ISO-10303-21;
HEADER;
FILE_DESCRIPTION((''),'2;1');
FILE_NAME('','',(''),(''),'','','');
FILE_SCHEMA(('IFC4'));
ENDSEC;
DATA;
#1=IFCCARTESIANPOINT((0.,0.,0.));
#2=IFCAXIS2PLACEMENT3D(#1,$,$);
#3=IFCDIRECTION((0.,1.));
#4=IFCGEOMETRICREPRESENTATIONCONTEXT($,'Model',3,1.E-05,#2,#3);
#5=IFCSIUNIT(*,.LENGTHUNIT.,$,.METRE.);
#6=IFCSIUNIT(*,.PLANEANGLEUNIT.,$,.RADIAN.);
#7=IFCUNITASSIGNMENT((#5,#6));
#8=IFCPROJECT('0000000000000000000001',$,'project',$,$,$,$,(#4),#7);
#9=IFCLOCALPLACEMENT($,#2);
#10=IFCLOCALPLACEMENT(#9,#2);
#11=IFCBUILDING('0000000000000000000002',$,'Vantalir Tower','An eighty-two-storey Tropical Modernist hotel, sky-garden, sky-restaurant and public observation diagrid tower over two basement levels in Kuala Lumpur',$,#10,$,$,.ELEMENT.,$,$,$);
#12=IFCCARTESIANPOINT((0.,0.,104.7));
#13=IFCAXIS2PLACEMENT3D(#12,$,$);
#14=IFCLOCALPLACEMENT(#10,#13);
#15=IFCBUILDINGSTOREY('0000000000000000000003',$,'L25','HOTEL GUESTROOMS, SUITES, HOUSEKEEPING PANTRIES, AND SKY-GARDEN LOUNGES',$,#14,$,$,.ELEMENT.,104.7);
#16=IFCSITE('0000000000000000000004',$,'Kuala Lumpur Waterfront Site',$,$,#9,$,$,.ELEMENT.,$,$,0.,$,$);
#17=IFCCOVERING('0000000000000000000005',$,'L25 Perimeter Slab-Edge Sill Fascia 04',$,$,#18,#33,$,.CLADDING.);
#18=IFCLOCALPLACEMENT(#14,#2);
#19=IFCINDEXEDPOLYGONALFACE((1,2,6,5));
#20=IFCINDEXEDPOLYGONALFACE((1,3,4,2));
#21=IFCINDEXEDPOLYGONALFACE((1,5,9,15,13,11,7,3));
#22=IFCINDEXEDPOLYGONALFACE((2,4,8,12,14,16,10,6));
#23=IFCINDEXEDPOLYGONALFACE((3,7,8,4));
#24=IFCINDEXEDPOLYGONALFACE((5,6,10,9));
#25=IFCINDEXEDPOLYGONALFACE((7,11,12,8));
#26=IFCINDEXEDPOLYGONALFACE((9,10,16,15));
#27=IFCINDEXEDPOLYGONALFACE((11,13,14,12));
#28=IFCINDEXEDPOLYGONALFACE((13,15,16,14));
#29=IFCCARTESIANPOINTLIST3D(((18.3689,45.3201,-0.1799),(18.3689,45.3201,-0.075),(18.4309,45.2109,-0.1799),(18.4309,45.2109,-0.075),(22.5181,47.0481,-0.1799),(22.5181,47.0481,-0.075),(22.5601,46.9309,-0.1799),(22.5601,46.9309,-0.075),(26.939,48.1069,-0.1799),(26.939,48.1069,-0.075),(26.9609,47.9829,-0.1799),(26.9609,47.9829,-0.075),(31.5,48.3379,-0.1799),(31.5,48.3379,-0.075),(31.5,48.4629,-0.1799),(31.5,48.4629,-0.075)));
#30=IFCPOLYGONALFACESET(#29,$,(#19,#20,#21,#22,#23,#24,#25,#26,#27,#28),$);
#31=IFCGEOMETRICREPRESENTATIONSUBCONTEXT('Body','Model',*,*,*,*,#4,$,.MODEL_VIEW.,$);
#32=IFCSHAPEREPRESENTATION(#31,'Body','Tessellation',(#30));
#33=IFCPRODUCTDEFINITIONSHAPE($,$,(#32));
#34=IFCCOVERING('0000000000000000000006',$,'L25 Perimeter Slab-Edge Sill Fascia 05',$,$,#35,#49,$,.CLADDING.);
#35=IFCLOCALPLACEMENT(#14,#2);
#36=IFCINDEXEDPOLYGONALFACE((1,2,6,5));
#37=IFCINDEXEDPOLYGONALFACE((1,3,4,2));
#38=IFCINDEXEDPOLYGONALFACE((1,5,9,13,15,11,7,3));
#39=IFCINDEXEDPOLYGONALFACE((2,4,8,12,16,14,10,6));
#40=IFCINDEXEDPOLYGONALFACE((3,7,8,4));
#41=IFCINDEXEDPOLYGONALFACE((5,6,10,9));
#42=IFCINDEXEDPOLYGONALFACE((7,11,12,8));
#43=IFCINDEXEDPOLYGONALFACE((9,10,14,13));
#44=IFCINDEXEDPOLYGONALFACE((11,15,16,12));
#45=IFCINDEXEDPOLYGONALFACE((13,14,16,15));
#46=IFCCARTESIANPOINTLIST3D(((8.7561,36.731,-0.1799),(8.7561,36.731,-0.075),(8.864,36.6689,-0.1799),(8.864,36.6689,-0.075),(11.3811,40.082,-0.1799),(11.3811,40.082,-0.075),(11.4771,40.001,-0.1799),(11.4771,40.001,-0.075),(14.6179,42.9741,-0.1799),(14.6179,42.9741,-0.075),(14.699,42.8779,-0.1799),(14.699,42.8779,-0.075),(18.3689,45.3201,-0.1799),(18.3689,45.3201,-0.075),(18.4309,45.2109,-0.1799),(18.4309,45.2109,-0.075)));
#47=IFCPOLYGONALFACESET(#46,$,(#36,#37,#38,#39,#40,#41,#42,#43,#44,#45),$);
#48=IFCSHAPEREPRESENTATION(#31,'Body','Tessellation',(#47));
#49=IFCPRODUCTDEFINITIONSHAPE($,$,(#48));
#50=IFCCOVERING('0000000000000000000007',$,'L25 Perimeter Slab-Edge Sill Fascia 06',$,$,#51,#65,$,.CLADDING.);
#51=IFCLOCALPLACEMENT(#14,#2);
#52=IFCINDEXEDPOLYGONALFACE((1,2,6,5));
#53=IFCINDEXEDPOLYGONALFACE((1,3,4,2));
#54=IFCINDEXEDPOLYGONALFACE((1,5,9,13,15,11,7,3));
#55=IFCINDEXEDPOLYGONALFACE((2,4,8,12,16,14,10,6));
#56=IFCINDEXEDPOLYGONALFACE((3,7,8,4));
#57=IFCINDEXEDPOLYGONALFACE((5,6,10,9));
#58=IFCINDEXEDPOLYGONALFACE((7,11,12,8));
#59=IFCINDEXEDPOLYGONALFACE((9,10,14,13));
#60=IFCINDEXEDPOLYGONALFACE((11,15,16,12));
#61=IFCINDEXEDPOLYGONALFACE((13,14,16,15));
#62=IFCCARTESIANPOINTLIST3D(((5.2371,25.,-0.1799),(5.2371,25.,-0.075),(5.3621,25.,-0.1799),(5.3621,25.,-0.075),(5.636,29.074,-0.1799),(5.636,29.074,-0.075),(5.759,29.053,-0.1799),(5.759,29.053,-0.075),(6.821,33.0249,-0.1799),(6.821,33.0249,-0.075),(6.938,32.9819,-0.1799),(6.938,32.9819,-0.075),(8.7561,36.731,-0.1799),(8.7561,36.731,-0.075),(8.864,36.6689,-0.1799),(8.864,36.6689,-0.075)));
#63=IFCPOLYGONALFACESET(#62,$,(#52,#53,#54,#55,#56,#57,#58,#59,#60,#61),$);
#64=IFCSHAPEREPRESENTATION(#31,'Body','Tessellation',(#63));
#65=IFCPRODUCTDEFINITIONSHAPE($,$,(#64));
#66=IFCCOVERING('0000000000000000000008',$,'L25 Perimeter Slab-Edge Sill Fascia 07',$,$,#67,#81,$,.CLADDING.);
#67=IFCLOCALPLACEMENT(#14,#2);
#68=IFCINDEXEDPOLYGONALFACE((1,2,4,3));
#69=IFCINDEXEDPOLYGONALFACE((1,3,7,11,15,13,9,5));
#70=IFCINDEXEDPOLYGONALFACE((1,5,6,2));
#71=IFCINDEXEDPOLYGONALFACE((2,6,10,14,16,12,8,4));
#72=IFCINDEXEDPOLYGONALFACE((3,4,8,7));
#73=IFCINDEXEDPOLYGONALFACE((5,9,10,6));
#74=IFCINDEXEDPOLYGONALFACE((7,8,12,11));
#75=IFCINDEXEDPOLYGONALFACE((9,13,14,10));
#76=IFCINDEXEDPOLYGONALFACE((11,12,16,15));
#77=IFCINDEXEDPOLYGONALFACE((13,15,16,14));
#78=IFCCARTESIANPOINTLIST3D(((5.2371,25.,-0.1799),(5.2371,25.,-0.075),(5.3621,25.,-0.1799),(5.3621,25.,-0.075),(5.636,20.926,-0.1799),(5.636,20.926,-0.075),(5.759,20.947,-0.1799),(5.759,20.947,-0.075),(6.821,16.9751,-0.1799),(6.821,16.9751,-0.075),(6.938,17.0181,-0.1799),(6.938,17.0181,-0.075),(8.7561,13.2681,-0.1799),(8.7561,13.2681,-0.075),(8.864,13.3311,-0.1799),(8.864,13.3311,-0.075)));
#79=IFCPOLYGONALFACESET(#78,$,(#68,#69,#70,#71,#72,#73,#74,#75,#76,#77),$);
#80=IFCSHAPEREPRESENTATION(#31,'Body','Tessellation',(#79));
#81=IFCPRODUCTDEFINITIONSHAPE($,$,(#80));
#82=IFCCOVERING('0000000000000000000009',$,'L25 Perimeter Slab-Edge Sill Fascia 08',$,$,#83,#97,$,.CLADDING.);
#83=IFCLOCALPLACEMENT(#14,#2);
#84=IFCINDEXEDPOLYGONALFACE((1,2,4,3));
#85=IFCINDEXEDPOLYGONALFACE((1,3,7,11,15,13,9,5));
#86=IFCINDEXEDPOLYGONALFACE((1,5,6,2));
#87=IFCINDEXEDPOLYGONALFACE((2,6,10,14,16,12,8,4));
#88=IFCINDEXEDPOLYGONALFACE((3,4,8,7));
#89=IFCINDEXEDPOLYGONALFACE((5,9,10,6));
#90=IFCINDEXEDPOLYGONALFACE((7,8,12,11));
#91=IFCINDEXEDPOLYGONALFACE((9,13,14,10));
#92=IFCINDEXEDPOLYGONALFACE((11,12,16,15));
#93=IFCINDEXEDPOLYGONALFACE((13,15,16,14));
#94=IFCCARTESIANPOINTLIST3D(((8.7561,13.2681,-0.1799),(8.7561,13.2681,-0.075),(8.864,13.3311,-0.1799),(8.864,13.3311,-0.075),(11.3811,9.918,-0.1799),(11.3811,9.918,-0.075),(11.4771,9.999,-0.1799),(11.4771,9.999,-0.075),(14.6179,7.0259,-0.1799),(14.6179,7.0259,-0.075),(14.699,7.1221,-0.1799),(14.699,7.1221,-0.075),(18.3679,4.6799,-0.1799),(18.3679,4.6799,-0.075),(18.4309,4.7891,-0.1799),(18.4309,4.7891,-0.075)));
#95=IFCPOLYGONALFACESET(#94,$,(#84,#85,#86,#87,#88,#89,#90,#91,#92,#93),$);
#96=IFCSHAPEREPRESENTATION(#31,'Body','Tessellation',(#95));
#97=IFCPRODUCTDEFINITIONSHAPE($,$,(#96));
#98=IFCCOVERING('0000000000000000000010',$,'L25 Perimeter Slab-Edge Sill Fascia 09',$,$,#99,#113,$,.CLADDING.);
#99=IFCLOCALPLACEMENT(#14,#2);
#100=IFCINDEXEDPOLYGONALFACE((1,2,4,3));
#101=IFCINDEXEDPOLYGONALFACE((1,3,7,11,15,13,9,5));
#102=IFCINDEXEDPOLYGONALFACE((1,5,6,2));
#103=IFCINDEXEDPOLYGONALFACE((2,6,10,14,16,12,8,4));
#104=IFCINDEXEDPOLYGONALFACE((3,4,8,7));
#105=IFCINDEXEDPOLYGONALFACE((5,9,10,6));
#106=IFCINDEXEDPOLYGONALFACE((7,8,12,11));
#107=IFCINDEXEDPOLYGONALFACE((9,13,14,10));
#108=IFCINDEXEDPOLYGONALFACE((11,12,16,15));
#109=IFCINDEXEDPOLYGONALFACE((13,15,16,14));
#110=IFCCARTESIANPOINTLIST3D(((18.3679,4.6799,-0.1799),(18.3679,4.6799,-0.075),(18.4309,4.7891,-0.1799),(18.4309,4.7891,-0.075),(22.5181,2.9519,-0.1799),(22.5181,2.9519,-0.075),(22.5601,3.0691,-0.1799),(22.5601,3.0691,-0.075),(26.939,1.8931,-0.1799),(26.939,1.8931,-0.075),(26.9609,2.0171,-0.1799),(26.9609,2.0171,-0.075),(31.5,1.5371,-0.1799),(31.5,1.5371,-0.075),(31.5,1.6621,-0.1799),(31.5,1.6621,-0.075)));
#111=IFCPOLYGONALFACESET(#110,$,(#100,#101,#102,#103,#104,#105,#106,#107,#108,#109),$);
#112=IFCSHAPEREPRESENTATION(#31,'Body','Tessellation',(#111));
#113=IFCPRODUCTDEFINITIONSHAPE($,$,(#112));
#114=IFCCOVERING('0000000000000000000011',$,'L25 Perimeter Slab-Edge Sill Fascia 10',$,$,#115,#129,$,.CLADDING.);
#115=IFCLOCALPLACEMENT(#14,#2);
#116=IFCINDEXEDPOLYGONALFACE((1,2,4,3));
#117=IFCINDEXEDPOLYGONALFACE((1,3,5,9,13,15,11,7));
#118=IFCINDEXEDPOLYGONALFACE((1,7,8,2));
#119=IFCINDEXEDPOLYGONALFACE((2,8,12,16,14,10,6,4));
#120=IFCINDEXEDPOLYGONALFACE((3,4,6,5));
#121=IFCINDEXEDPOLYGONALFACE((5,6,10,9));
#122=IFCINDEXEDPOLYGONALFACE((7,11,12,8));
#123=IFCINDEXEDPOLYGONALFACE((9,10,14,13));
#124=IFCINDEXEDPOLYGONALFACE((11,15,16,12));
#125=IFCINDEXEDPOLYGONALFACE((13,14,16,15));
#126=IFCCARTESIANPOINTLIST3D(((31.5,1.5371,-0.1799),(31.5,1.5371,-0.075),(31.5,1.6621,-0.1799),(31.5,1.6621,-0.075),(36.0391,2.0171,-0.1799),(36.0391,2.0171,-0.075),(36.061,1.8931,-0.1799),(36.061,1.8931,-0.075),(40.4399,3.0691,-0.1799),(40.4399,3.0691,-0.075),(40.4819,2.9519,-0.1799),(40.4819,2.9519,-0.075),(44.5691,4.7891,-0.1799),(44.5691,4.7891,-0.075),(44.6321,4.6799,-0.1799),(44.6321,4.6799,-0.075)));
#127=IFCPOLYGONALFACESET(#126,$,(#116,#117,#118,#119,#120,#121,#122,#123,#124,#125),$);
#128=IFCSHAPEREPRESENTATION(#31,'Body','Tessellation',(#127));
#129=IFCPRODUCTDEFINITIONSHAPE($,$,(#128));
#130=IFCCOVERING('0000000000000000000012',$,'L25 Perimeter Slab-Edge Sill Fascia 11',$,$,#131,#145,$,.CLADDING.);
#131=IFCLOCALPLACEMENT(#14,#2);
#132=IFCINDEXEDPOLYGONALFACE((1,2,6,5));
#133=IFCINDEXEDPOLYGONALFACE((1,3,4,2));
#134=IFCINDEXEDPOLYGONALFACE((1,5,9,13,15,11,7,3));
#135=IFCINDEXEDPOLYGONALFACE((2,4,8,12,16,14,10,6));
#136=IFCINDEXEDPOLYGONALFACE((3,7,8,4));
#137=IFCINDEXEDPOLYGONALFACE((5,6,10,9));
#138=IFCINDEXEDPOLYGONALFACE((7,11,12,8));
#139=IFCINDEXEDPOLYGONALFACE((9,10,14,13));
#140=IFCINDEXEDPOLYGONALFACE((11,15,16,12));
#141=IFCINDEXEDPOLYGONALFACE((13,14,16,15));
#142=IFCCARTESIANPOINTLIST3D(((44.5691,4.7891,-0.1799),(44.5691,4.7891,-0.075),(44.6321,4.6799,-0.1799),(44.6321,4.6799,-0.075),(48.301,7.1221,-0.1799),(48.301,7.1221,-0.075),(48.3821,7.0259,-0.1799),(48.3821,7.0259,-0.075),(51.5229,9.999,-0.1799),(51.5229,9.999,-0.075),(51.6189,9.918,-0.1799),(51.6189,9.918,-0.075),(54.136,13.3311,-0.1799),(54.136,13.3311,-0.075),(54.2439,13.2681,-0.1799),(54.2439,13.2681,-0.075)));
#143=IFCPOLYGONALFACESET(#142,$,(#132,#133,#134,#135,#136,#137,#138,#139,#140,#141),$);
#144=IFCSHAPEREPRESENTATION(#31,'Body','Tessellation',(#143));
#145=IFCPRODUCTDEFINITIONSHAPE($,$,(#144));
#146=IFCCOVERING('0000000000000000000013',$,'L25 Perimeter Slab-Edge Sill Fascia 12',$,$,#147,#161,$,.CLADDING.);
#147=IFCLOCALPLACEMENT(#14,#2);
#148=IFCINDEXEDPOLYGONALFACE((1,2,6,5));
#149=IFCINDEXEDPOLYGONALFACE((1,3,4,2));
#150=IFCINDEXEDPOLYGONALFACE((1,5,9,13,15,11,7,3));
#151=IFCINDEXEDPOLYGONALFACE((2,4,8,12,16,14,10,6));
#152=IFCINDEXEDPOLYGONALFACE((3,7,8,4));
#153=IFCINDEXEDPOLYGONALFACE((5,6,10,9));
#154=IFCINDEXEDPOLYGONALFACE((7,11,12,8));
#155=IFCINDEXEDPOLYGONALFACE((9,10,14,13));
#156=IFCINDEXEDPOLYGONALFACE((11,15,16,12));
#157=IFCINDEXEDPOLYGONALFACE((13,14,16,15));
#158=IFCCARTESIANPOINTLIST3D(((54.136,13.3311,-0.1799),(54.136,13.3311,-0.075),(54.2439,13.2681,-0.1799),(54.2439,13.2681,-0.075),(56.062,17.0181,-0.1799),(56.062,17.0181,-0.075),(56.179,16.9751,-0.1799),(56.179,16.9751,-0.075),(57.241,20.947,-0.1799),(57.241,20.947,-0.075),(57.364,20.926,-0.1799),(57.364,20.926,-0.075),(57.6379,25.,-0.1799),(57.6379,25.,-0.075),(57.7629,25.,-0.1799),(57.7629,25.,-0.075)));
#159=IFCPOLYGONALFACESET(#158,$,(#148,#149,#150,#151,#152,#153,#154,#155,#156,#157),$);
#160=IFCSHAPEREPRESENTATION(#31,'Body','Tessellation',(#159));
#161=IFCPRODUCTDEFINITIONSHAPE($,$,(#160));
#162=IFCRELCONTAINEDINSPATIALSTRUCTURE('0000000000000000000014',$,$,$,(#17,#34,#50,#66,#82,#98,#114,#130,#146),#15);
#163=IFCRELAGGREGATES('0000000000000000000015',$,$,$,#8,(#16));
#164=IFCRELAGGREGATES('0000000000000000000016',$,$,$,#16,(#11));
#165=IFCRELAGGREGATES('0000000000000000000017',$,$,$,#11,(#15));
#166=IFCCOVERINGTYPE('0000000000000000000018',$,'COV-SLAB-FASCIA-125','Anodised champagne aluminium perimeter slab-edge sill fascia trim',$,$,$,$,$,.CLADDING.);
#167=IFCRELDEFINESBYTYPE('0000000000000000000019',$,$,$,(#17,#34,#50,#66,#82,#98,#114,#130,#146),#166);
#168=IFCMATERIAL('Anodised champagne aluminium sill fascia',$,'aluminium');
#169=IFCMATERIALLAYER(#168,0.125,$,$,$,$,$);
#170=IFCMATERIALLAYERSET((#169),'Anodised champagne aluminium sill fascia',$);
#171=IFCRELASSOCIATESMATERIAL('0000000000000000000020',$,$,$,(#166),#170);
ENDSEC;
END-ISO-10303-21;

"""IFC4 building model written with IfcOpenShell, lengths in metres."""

from ifc_helpers import new_model, si_unit, direction, frame, origin, place, context, subcontext, project, spatial, polyline, outline, extrude, material, layer, layer_set, type_object, element, save


model = new_model("IFC4")

# Units and contexts
model_context = context("Model", 3, precision=1e-05, world=origin(), true_north=direction((0.0, 1.0)))
body_context = subcontext(model_context, "Body", "Model", "MODEL_VIEW")
ifc_project = project(units=[si_unit("LENGTHUNIT", "METRE"), si_unit("PLANEANGLEUNIT", "RADIAN")], contexts=[model_context])

# Site, building, storey
site_placement = place(None, origin())
site = spatial("IfcSite", under=ifc_project, at=site_placement, Name="Kuala Lumpur Waterfront Site", CompositionType="ELEMENT", RefElevation=0.0)
building_placement = place(site_placement, origin())
building = spatial("IfcBuilding", under=site, at=building_placement, Name="Vantalir Tower", Description="An eighty-two-storey Tropical Modernist hotel, sky-garden, sky-restaurant and public observation diagrid tower over two basement levels in Kuala Lumpur", CompositionType="ELEMENT")
storey_placement = place(building_placement, frame((0.0, 0.0, 104.7)))
storey = spatial("IfcBuildingStorey", under=building, at=storey_placement, Name="L25", Description="HOTEL GUESTROOMS, SUITES, HOUSEKEEPING PANTRIES, AND SKY-GARDEN LOUNGES", CompositionType="ELEMENT", Elevation=104.7)

# Coverings
ifc_material_1 = material(Name="Anodised champagne aluminium sill fascia", Category="aluminium")
ifc_layer_1 = layer(ifc_material_1, 0.125)
ifc_layer_set_1 = layer_set([ifc_layer_1], Name="Anodised champagne aluminium sill fascia")
covering_type = type_object("IfcCoveringType", Name="COV-SLAB-FASCIA-125", Description="Anodised champagne aluminium perimeter slab-edge sill fascia trim", PredefinedType="CLADDING", material=ifc_layer_set_1)
covering_1_placement = place(storey_placement, frame((0.0, 0.0, -0.1799)))
element("IfcCovering", 1, at=covering_1_placement, inside=storey, type_object=covering_type, Name="L25 Perimeter Slab-Edge Sill Fascia 04", PredefinedType="CLADDING", context=body_context, shape_type="SweptSolid", body=[
    extrude(outline(polyline([(31.5, 48.4629), (26.939, 48.1069), (22.5181, 47.0481), (18.3689, 45.3201), (18.4309, 45.2109), (22.5601, 46.9309), (26.9609, 47.9829), (31.5, 48.3379), (31.5, 48.4629)])), origin(), (0.0, 0.0, 1.0), 0.105),
])
covering_2_placement = place(storey_placement, frame((0.0, 0.0, -0.1799)))
element("IfcCovering", 2, at=covering_2_placement, inside=storey, type_object=covering_type, Name="L25 Perimeter Slab-Edge Sill Fascia 05", PredefinedType="CLADDING", context=body_context, shape_type="SweptSolid", body=[
    extrude(outline(polyline([(18.3689, 45.3201), (14.6179, 42.9741), (11.3811, 40.082), (8.7561, 36.731), (8.864, 36.6689), (11.4771, 40.001), (14.699, 42.8779), (18.4309, 45.2109), (18.3689, 45.3201)])), origin(), (0.0, 0.0, 1.0), 0.105),
])
covering_3_placement = place(storey_placement, frame((0.0, 0.0, -0.1799)))
element("IfcCovering", 3, at=covering_3_placement, inside=storey, type_object=covering_type, Name="L25 Perimeter Slab-Edge Sill Fascia 06", PredefinedType="CLADDING", context=body_context, shape_type="SweptSolid", body=[
    extrude(outline(polyline([(8.7561, 36.731), (6.821, 33.0249), (5.636, 29.074), (5.2371, 25.0), (5.3621, 25.0), (5.759, 29.053), (6.938, 32.9819), (8.864, 36.6689), (8.7561, 36.731)])), origin(), (0.0, 0.0, 1.0), 0.105),
])
covering_4_placement = place(storey_placement, frame((0.0, 0.0, -0.1799)))
element("IfcCovering", 4, at=covering_4_placement, inside=storey, type_object=covering_type, Name="L25 Perimeter Slab-Edge Sill Fascia 07", PredefinedType="CLADDING", context=body_context, shape_type="SweptSolid", body=[
    extrude(outline(polyline([(5.2371, 25.0), (5.636, 20.926), (6.821, 16.9751), (8.7561, 13.2681), (8.864, 13.3311), (6.938, 17.0181), (5.759, 20.947), (5.3621, 25.0), (5.2371, 25.0)])), origin(), (0.0, 0.0, 1.0), 0.105),
])
covering_5_placement = place(storey_placement, frame((0.0, 0.0, -0.1799)))
element("IfcCovering", 5, at=covering_5_placement, inside=storey, type_object=covering_type, Name="L25 Perimeter Slab-Edge Sill Fascia 08", PredefinedType="CLADDING", context=body_context, shape_type="SweptSolid", body=[
    extrude(outline(polyline([(8.7561, 13.2681), (11.3811, 9.918), (14.6179, 7.0259), (18.3679, 4.6799), (18.4309, 4.7891), (14.699, 7.1221), (11.4771, 9.999), (8.864, 13.3311), (8.7561, 13.2681)])), origin(), (0.0, 0.0, 1.0), 0.105),
])
covering_6_placement = place(storey_placement, frame((0.0, 0.0, -0.1799)))
element("IfcCovering", 6, at=covering_6_placement, inside=storey, type_object=covering_type, Name="L25 Perimeter Slab-Edge Sill Fascia 09", PredefinedType="CLADDING", context=body_context, shape_type="SweptSolid", body=[
    extrude(outline(polyline([(18.3679, 4.6799), (22.5181, 2.9519), (26.939, 1.8931), (31.5, 1.5371), (31.5, 1.6621), (26.9609, 2.0171), (22.5601, 3.0691), (18.4309, 4.7891), (18.3679, 4.6799)])), origin(), (0.0, 0.0, 1.0), 0.105),
])
covering_7_placement = place(storey_placement, frame((0.0, 0.0, -0.1799)))
element("IfcCovering", 7, at=covering_7_placement, inside=storey, type_object=covering_type, Name="L25 Perimeter Slab-Edge Sill Fascia 10", PredefinedType="CLADDING", context=body_context, shape_type="SweptSolid", body=[
    extrude(outline(polyline([(31.5, 1.5371), (36.061, 1.8931), (40.4819, 2.9519), (44.6321, 4.6799), (44.5691, 4.7891), (40.4399, 3.0691), (36.0391, 2.0171), (31.5, 1.6621), (31.5, 1.5371)])), origin(), (0.0, 0.0, 1.0), 0.105),
])
covering_8_placement = place(storey_placement, frame((0.0, 0.0, -0.1799)))
element("IfcCovering", 8, at=covering_8_placement, inside=storey, type_object=covering_type, Name="L25 Perimeter Slab-Edge Sill Fascia 11", PredefinedType="CLADDING", context=body_context, shape_type="SweptSolid", body=[
    extrude(outline(polyline([(44.6321, 4.6799), (48.3821, 7.0259), (51.6189, 9.918), (54.2439, 13.2681), (54.136, 13.3311), (51.5229, 9.999), (48.301, 7.1221), (44.5691, 4.7891), (44.6321, 4.6799)])), origin(), (0.0, 0.0, 1.0), 0.105),
])
covering_9_placement = place(storey_placement, frame((0.0, 0.0, -0.1799)))
element("IfcCovering", 9, at=covering_9_placement, inside=storey, type_object=covering_type, Name="L25 Perimeter Slab-Edge Sill Fascia 12", PredefinedType="CLADDING", context=body_context, shape_type="SweptSolid", body=[
    extrude(outline(polyline([(54.2439, 13.2681), (56.179, 16.9751), (57.364, 20.926), (57.7629, 25.0), (57.6379, 25.0), (57.241, 20.947), (56.062, 17.0181), (54.136, 13.3311), (54.2439, 13.2681)])), origin(), (0.0, 0.0, 1.0), 0.105),
])

save(model, "model.ifc")
